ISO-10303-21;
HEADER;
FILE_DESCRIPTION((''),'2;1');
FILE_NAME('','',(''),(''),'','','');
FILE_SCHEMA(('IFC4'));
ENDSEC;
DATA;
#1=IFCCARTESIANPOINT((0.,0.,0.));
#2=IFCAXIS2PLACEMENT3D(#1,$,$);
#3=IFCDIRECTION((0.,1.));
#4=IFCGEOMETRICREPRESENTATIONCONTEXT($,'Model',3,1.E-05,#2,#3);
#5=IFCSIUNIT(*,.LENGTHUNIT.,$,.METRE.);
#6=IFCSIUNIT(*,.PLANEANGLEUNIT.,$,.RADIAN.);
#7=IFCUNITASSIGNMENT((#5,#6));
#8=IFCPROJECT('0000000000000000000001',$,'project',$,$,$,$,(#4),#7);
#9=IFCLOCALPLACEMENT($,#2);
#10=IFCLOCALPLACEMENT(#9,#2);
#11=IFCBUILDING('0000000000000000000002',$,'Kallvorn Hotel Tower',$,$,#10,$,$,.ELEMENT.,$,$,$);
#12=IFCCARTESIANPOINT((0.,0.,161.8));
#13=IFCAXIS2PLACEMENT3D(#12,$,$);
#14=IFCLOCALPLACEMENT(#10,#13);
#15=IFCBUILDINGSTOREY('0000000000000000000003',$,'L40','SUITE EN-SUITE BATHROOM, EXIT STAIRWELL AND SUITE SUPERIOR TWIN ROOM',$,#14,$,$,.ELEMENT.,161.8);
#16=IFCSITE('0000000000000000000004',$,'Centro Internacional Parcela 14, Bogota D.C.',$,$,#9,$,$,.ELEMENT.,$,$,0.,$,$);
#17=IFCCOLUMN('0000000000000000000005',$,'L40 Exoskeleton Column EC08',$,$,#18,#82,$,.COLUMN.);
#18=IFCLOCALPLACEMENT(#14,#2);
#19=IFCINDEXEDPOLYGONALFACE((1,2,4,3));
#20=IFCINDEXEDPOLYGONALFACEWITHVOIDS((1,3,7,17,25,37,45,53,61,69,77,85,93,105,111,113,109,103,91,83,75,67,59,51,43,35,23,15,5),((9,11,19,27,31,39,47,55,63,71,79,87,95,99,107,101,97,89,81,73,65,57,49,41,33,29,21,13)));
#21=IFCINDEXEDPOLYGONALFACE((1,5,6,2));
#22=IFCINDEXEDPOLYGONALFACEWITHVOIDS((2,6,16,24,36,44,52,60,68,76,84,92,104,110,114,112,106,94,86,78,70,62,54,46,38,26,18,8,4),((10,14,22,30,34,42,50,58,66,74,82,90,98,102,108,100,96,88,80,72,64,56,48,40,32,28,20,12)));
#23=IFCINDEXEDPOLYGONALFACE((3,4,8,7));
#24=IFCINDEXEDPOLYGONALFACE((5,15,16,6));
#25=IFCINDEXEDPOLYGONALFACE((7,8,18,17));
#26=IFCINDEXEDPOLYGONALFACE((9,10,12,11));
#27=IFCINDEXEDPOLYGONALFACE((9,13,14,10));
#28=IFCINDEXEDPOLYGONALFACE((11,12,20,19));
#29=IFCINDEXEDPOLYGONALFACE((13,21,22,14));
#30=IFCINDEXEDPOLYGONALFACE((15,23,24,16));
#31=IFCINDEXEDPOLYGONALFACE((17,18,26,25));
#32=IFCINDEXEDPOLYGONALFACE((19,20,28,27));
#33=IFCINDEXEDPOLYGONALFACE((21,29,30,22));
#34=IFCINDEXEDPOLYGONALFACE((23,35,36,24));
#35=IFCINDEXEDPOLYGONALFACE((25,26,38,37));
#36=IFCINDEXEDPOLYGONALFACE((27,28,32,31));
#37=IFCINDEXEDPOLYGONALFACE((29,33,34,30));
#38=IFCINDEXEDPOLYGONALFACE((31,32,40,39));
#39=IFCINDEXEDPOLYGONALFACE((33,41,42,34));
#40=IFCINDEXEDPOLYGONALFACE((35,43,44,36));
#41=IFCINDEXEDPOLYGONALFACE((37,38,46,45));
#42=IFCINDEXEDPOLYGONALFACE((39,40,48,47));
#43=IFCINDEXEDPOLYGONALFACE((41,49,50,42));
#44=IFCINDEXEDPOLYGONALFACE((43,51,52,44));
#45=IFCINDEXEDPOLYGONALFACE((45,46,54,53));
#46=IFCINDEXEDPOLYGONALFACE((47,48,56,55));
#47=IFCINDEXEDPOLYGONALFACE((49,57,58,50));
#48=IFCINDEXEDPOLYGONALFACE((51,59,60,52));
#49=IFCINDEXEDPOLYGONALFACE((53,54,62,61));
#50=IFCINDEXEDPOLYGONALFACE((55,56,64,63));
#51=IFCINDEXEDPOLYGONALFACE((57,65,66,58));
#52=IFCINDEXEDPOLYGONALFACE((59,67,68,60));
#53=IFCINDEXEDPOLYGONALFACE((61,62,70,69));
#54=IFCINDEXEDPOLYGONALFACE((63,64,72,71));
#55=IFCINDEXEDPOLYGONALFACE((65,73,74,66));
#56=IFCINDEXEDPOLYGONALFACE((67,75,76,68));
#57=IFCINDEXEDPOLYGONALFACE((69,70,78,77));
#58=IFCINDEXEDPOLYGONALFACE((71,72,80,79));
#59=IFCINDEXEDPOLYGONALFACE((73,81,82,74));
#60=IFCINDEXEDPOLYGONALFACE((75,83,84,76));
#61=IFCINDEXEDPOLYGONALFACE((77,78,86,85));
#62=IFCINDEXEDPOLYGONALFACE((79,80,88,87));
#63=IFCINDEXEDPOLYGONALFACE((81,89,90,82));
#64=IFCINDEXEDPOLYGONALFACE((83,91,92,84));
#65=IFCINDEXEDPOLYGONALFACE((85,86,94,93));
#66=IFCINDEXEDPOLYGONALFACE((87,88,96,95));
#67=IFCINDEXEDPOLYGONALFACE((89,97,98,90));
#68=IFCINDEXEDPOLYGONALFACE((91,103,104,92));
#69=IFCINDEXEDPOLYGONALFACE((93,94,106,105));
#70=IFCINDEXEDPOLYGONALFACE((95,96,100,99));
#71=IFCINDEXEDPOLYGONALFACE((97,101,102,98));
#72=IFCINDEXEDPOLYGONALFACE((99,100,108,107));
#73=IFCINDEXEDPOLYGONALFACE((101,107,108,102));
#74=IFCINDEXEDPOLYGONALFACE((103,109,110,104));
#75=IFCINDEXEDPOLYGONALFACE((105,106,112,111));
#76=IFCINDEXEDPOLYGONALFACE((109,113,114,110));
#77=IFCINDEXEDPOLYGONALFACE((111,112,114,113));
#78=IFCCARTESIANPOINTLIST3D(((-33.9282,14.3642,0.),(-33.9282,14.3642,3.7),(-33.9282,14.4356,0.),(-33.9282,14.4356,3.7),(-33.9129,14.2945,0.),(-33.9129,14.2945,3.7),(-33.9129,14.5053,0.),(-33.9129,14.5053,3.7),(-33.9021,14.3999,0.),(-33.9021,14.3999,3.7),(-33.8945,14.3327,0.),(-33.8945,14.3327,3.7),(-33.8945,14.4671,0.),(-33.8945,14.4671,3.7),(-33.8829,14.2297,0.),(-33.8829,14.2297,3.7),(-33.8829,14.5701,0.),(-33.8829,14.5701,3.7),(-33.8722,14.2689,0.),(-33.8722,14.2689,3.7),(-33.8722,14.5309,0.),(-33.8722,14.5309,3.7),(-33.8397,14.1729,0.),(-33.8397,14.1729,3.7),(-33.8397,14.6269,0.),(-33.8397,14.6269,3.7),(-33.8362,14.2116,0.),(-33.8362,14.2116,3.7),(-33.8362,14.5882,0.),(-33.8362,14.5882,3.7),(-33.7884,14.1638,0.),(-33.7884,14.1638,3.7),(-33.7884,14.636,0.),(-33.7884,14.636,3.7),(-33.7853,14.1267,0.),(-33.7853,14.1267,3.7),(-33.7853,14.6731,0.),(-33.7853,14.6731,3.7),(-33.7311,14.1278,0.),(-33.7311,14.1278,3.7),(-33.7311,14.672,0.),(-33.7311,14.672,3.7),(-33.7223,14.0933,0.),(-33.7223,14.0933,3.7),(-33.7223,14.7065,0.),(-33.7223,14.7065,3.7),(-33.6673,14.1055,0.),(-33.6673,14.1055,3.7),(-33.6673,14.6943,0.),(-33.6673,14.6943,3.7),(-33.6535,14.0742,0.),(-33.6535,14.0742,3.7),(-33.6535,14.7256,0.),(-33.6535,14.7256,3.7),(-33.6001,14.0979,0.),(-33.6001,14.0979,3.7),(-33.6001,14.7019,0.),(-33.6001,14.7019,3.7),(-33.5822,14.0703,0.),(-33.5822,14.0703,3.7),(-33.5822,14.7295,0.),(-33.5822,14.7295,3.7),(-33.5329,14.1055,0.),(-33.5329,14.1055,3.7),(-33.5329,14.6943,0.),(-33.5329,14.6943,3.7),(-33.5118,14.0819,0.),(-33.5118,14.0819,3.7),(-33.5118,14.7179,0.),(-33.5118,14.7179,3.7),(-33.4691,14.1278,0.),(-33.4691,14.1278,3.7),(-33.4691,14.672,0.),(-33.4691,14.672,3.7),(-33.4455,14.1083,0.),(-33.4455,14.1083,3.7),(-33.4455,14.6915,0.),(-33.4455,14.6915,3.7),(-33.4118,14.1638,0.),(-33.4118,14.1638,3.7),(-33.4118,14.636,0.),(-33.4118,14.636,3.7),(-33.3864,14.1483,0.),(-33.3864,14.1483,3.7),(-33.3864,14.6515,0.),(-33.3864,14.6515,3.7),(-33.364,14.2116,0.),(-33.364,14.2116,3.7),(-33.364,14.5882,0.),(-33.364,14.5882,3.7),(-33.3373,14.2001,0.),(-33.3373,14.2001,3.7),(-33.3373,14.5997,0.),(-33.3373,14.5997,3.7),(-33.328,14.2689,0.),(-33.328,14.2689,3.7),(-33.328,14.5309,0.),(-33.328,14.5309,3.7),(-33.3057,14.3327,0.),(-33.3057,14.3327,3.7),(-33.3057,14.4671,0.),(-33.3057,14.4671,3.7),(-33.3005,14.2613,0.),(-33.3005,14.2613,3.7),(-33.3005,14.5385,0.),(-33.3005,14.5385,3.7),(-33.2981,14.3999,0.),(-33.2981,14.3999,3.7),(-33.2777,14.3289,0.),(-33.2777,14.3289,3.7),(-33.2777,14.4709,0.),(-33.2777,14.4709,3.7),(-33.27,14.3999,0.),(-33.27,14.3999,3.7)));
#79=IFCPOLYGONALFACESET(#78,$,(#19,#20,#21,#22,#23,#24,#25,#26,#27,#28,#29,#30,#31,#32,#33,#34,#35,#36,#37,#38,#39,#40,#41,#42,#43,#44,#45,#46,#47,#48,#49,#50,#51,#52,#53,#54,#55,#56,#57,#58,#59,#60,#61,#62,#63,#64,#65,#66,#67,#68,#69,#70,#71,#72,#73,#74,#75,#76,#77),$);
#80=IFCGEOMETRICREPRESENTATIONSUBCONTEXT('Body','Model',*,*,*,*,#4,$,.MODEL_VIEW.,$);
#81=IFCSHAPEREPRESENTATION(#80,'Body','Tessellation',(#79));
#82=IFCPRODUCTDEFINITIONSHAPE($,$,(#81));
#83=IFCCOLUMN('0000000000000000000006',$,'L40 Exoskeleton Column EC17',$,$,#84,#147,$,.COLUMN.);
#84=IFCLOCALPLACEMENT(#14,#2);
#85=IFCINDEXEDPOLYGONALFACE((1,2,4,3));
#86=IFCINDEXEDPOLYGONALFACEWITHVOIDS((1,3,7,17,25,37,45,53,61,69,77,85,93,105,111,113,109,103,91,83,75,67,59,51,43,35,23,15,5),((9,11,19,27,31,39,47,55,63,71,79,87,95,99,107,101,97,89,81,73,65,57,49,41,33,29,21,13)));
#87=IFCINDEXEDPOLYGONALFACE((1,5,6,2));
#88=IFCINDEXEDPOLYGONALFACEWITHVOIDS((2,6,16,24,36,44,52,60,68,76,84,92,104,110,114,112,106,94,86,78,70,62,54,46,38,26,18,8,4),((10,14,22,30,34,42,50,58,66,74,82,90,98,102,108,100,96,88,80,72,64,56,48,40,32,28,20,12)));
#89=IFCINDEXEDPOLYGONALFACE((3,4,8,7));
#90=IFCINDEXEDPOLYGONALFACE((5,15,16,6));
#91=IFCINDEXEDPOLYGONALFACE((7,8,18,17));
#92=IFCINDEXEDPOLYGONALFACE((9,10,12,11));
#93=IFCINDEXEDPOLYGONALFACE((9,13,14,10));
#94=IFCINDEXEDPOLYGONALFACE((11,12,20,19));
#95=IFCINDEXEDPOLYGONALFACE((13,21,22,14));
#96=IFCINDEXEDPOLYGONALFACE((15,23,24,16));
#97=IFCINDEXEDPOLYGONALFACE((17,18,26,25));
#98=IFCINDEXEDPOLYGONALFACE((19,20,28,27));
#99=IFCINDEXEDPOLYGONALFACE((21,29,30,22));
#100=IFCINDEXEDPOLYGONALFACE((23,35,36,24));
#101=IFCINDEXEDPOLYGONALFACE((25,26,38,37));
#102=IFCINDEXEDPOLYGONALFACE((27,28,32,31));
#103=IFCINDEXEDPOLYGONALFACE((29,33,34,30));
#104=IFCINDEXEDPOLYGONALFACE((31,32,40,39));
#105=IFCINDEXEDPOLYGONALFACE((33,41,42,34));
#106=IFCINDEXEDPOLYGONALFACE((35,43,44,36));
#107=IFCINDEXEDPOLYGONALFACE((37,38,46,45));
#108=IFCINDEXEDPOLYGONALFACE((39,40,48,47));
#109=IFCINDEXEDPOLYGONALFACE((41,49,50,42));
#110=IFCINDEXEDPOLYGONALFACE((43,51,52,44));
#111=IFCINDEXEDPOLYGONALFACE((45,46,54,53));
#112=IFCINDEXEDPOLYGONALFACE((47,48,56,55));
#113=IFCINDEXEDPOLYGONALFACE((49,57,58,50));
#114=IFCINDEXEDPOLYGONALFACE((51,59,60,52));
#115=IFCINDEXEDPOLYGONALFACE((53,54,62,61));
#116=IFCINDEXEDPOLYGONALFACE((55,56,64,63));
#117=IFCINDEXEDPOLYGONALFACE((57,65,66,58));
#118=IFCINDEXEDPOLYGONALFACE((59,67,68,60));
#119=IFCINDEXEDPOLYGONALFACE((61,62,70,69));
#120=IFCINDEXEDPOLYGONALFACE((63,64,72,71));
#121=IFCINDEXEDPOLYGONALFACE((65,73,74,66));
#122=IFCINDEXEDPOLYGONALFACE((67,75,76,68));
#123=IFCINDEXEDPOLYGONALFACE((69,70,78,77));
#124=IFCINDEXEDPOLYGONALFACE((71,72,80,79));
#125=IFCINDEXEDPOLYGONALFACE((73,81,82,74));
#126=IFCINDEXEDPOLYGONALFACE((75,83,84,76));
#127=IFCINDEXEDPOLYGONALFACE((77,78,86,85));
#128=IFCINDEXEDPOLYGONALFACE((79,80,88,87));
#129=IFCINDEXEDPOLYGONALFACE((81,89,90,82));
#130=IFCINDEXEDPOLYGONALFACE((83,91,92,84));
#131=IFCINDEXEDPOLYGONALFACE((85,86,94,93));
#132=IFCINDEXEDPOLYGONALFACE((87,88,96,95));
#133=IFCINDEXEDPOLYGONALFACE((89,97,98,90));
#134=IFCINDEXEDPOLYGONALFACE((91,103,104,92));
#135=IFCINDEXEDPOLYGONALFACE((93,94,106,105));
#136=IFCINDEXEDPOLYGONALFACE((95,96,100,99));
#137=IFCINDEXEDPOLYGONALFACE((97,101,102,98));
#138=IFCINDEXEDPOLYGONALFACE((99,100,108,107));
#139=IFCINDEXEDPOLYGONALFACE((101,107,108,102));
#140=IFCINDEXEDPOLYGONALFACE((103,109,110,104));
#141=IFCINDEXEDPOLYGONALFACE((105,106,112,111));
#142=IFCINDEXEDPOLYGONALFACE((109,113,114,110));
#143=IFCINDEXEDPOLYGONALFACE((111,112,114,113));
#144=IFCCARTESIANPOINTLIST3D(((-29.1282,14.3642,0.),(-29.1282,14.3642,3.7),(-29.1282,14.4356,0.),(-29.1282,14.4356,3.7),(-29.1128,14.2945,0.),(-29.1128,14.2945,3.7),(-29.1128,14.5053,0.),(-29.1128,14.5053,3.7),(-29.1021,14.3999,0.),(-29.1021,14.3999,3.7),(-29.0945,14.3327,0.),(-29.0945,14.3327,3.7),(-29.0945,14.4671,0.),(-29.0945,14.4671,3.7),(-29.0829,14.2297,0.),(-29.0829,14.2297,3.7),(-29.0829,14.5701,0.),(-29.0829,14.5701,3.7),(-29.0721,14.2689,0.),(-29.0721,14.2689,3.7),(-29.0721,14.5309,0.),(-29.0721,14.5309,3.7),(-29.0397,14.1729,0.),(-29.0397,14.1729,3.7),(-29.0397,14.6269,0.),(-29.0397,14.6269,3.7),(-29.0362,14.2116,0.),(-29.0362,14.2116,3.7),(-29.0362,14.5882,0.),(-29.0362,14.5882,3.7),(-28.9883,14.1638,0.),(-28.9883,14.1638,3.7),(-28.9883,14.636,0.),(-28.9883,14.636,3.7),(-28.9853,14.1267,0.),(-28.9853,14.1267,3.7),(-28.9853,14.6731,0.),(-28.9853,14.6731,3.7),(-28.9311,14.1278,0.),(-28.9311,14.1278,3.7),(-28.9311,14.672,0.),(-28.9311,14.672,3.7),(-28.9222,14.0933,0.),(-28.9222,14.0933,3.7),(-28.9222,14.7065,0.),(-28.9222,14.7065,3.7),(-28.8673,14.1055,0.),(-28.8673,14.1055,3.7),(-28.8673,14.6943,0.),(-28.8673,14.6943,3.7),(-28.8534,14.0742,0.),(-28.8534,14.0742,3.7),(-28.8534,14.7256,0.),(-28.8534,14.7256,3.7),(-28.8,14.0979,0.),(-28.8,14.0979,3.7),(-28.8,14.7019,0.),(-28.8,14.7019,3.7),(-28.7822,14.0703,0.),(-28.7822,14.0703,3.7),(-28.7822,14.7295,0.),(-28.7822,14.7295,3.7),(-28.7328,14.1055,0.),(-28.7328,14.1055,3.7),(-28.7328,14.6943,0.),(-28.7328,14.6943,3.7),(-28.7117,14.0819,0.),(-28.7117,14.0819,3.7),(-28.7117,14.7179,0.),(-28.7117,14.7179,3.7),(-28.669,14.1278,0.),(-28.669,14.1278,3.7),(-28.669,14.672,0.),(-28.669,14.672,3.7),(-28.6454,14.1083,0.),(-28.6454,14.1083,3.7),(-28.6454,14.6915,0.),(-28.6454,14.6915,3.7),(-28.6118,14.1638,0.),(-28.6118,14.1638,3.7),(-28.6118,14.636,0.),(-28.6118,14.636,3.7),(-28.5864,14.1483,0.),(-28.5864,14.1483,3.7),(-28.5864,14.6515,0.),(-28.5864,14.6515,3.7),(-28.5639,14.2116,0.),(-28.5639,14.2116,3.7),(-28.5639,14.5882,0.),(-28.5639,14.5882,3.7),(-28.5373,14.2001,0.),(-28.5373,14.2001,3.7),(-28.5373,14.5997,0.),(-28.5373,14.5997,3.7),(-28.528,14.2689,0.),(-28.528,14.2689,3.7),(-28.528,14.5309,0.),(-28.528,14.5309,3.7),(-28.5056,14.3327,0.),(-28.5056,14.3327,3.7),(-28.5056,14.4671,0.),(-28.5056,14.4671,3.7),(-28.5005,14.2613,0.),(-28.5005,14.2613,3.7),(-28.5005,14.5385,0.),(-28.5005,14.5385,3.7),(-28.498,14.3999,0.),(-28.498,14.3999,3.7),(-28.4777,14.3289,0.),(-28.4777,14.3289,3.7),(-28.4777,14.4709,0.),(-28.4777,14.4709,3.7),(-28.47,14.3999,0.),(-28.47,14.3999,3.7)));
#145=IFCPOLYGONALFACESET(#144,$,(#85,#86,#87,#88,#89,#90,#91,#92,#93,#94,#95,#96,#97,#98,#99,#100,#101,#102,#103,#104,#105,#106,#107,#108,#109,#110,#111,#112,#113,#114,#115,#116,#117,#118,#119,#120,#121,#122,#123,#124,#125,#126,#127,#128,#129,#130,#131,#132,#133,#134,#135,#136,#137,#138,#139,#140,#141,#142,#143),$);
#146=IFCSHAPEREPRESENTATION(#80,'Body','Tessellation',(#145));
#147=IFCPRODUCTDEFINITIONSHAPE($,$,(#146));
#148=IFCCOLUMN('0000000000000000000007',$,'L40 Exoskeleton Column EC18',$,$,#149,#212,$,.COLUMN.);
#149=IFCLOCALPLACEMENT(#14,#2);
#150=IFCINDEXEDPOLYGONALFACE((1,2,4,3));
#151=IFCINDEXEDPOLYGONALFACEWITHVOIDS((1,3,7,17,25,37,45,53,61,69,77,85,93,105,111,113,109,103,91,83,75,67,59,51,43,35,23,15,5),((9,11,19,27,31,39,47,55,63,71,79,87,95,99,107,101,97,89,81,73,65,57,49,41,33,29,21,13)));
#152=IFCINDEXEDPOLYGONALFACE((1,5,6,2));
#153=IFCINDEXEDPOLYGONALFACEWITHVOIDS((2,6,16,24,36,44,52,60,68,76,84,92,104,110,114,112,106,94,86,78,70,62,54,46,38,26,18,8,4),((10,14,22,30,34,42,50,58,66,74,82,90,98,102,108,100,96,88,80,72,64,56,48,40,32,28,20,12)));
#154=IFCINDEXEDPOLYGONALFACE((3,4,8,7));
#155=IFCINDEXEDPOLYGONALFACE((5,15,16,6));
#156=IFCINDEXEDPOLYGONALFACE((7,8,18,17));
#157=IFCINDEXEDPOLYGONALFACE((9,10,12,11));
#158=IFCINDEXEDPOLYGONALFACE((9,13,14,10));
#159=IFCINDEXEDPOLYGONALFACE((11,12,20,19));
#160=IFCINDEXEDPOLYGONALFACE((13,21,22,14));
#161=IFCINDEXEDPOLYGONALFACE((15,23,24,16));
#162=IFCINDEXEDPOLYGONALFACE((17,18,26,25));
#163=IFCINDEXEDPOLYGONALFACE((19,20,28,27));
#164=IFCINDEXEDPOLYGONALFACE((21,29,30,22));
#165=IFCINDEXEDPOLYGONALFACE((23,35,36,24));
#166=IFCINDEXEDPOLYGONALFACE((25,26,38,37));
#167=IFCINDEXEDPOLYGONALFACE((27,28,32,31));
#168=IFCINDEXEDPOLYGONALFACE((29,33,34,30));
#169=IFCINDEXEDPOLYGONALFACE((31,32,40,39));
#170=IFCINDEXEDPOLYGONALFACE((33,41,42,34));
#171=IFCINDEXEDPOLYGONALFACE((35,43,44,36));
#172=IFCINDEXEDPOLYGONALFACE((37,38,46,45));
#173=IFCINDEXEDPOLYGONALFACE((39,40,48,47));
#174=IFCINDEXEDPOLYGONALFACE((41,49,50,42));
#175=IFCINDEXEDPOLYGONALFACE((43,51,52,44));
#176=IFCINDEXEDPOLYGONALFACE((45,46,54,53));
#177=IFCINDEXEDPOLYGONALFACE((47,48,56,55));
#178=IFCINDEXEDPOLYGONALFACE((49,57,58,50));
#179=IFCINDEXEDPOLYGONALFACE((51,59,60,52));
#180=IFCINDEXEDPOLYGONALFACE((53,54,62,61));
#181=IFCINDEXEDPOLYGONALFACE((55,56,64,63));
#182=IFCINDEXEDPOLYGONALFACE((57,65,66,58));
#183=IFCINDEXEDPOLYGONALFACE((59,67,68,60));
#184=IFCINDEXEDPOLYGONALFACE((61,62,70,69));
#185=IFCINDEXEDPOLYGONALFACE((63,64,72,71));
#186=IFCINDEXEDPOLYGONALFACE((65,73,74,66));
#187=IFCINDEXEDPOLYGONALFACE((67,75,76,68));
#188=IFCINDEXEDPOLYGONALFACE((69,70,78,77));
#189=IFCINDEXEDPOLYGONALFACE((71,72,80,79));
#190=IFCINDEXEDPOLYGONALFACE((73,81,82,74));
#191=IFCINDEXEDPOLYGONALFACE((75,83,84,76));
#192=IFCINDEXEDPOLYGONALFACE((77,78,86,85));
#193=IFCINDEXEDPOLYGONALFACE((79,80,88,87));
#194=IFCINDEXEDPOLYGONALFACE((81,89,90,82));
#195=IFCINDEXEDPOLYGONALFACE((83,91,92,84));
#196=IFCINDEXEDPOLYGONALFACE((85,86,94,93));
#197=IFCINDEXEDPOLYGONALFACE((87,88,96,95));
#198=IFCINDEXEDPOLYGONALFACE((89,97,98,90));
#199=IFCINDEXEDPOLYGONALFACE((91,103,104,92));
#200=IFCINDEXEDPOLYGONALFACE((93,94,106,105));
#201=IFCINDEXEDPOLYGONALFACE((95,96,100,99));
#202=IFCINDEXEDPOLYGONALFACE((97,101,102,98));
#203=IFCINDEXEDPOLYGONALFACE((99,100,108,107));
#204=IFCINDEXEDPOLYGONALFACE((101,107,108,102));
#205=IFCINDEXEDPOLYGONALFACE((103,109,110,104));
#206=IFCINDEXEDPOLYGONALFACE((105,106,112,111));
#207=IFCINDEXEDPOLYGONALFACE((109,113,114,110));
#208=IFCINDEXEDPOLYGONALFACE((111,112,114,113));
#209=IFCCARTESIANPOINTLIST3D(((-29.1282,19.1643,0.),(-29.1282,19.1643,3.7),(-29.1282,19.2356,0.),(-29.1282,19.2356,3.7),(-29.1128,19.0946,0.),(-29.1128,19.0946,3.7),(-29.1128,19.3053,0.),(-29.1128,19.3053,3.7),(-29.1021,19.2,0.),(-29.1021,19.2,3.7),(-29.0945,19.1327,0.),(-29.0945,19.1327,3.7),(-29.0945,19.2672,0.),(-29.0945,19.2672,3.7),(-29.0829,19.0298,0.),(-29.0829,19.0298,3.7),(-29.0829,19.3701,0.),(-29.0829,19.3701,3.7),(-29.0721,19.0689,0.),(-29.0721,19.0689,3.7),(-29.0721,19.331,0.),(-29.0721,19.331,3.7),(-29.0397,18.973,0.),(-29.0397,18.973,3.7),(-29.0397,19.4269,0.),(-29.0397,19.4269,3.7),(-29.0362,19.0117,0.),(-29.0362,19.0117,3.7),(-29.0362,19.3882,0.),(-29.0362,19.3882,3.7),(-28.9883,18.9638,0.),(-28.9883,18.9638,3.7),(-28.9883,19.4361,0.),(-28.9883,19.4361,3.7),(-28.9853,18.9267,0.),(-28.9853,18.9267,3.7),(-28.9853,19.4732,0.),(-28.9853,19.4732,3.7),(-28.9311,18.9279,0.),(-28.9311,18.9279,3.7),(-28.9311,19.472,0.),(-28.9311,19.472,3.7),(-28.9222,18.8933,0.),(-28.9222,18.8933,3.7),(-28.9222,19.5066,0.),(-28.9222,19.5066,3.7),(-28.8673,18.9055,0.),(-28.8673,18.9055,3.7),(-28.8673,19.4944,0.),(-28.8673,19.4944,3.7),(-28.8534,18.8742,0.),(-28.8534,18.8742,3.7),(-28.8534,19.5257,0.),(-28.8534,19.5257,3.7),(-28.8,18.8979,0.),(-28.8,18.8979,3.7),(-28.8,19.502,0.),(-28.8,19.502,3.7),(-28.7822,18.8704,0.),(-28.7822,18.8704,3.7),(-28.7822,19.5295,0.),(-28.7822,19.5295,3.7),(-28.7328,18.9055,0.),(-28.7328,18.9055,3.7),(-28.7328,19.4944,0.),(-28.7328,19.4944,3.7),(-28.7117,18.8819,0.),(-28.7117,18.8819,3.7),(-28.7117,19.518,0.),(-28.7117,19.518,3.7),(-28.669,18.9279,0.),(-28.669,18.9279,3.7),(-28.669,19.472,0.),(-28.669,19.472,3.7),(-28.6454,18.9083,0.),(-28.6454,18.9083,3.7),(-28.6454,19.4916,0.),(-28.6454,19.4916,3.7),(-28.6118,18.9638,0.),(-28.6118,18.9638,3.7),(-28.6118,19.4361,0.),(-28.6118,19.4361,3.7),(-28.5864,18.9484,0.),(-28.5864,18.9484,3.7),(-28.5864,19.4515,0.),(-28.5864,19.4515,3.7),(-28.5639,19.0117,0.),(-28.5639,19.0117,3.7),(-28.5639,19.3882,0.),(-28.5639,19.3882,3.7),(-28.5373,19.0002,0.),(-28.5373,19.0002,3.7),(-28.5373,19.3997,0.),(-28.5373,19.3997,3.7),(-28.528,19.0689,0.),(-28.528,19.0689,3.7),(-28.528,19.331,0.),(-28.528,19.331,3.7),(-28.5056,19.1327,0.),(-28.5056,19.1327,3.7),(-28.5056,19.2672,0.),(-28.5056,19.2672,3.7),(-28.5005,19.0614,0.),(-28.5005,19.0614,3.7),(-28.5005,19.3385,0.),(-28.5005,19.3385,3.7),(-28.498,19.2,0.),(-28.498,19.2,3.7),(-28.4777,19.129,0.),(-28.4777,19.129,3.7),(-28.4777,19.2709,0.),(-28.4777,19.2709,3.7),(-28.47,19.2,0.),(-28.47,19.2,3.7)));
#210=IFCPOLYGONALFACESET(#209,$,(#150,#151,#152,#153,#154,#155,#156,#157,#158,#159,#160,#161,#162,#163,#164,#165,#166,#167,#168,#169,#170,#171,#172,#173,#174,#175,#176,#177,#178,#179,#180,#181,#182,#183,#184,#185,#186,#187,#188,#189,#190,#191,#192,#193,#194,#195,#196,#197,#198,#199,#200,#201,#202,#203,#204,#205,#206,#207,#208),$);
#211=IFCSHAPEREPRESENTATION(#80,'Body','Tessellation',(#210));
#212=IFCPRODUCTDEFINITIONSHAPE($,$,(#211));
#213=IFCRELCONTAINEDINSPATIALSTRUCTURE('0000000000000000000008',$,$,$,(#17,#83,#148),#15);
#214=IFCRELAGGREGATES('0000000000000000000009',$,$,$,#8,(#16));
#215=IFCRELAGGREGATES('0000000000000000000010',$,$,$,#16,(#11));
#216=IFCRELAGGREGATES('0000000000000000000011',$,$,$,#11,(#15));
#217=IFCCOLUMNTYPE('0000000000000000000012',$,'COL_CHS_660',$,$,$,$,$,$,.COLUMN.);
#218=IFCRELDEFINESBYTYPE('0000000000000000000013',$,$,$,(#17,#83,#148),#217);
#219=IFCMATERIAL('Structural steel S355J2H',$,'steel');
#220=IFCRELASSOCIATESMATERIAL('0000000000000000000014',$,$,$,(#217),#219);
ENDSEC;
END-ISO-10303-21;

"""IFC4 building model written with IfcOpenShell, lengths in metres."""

from ifc_helpers import new_model, si_unit, direction, frame, origin, origin_2d, place, context, subcontext, project, spatial, hollow_circle, extrude, material, material_profile, profile_set, type_object, element, save


model = new_model("IFC4")

# Units and contexts
model_context = context("Model", 3, precision=1e-05, world=origin(), true_north=direction((0.0, 1.0)))
body_context = subcontext(model_context, "Body", "Model", "MODEL_VIEW")
ifc_project = project(units=[si_unit("LENGTHUNIT", "METRE"), si_unit("PLANEANGLEUNIT", "RADIAN")], contexts=[model_context])

# Site, building, storey
site_placement = place(None, origin())
site = spatial("IfcSite", under=ifc_project, at=site_placement, Name="Centro Internacional Parcela 14, Bogota D.C.", CompositionType="ELEMENT", RefElevation=0.0)
building_placement = place(site_placement, origin())
building = spatial("IfcBuilding", under=site, at=building_placement, Name="Kallvorn Hotel Tower", CompositionType="ELEMENT")
storey_placement = place(building_placement, frame((0.0, 0.0, 161.8)))
storey = spatial("IfcBuildingStorey", under=building, at=storey_placement, Name="L40", Description="SUITE EN-SUITE BATHROOM, EXIT STAIRWELL AND SUITE SUPERIOR TWIN ROOM", CompositionType="ELEMENT", Elevation=161.8)

# Columns
ifc_material_1 = material(Name="Structural steel S355J2H", Category="steel")
ifc_material_profile_1 = material_profile(ifc_material_1, hollow_circle(Radius=0.3301, WallThickness=0.0281, at=origin_2d()), Name="CHS 660x28")
ifc_profile_set_1 = profile_set([ifc_material_profile_1], Name="Structural steel S355J2H")
column_type_1 = type_object("IfcColumnType", Name="COL_CHS_660", PredefinedType="COLUMN", material=ifc_profile_set_1)
for number, where, z_axis, x_axis, name in (
    (1, (-33.6001, 14.3999, 0.0), (0.0, 0.0, 1.0), (1.0, 0.0, 0.0), "L40 Exoskeleton Column EC08"),
    (2, (-28.8, 14.3999, 0.0), (0.0, 0.0, 1.0), (1.0, 0.0, 0.0), "L40 Exoskeleton Column EC17"),
    (3, (-28.8, 19.2, 0.0), (0.0, 0.0, 1.0), (1.0, 0.0, 0.0), "L40 Exoskeleton Column EC18"),
):
    element("IfcColumn", number, at=place(storey_placement, frame(where, z_axis=z_axis, x_axis=x_axis)), inside=storey, type_object=column_type_1, Name=name, PredefinedType="COLUMN", context=body_context, shape_type="SweptSolid", body=[
        extrude(hollow_circle(Radius=0.3301, WallThickness=0.0281, at=origin_2d()), origin(), (0.0, 0.0, 1.0), 3.7),
    ])

save(model, "model.ifc")
